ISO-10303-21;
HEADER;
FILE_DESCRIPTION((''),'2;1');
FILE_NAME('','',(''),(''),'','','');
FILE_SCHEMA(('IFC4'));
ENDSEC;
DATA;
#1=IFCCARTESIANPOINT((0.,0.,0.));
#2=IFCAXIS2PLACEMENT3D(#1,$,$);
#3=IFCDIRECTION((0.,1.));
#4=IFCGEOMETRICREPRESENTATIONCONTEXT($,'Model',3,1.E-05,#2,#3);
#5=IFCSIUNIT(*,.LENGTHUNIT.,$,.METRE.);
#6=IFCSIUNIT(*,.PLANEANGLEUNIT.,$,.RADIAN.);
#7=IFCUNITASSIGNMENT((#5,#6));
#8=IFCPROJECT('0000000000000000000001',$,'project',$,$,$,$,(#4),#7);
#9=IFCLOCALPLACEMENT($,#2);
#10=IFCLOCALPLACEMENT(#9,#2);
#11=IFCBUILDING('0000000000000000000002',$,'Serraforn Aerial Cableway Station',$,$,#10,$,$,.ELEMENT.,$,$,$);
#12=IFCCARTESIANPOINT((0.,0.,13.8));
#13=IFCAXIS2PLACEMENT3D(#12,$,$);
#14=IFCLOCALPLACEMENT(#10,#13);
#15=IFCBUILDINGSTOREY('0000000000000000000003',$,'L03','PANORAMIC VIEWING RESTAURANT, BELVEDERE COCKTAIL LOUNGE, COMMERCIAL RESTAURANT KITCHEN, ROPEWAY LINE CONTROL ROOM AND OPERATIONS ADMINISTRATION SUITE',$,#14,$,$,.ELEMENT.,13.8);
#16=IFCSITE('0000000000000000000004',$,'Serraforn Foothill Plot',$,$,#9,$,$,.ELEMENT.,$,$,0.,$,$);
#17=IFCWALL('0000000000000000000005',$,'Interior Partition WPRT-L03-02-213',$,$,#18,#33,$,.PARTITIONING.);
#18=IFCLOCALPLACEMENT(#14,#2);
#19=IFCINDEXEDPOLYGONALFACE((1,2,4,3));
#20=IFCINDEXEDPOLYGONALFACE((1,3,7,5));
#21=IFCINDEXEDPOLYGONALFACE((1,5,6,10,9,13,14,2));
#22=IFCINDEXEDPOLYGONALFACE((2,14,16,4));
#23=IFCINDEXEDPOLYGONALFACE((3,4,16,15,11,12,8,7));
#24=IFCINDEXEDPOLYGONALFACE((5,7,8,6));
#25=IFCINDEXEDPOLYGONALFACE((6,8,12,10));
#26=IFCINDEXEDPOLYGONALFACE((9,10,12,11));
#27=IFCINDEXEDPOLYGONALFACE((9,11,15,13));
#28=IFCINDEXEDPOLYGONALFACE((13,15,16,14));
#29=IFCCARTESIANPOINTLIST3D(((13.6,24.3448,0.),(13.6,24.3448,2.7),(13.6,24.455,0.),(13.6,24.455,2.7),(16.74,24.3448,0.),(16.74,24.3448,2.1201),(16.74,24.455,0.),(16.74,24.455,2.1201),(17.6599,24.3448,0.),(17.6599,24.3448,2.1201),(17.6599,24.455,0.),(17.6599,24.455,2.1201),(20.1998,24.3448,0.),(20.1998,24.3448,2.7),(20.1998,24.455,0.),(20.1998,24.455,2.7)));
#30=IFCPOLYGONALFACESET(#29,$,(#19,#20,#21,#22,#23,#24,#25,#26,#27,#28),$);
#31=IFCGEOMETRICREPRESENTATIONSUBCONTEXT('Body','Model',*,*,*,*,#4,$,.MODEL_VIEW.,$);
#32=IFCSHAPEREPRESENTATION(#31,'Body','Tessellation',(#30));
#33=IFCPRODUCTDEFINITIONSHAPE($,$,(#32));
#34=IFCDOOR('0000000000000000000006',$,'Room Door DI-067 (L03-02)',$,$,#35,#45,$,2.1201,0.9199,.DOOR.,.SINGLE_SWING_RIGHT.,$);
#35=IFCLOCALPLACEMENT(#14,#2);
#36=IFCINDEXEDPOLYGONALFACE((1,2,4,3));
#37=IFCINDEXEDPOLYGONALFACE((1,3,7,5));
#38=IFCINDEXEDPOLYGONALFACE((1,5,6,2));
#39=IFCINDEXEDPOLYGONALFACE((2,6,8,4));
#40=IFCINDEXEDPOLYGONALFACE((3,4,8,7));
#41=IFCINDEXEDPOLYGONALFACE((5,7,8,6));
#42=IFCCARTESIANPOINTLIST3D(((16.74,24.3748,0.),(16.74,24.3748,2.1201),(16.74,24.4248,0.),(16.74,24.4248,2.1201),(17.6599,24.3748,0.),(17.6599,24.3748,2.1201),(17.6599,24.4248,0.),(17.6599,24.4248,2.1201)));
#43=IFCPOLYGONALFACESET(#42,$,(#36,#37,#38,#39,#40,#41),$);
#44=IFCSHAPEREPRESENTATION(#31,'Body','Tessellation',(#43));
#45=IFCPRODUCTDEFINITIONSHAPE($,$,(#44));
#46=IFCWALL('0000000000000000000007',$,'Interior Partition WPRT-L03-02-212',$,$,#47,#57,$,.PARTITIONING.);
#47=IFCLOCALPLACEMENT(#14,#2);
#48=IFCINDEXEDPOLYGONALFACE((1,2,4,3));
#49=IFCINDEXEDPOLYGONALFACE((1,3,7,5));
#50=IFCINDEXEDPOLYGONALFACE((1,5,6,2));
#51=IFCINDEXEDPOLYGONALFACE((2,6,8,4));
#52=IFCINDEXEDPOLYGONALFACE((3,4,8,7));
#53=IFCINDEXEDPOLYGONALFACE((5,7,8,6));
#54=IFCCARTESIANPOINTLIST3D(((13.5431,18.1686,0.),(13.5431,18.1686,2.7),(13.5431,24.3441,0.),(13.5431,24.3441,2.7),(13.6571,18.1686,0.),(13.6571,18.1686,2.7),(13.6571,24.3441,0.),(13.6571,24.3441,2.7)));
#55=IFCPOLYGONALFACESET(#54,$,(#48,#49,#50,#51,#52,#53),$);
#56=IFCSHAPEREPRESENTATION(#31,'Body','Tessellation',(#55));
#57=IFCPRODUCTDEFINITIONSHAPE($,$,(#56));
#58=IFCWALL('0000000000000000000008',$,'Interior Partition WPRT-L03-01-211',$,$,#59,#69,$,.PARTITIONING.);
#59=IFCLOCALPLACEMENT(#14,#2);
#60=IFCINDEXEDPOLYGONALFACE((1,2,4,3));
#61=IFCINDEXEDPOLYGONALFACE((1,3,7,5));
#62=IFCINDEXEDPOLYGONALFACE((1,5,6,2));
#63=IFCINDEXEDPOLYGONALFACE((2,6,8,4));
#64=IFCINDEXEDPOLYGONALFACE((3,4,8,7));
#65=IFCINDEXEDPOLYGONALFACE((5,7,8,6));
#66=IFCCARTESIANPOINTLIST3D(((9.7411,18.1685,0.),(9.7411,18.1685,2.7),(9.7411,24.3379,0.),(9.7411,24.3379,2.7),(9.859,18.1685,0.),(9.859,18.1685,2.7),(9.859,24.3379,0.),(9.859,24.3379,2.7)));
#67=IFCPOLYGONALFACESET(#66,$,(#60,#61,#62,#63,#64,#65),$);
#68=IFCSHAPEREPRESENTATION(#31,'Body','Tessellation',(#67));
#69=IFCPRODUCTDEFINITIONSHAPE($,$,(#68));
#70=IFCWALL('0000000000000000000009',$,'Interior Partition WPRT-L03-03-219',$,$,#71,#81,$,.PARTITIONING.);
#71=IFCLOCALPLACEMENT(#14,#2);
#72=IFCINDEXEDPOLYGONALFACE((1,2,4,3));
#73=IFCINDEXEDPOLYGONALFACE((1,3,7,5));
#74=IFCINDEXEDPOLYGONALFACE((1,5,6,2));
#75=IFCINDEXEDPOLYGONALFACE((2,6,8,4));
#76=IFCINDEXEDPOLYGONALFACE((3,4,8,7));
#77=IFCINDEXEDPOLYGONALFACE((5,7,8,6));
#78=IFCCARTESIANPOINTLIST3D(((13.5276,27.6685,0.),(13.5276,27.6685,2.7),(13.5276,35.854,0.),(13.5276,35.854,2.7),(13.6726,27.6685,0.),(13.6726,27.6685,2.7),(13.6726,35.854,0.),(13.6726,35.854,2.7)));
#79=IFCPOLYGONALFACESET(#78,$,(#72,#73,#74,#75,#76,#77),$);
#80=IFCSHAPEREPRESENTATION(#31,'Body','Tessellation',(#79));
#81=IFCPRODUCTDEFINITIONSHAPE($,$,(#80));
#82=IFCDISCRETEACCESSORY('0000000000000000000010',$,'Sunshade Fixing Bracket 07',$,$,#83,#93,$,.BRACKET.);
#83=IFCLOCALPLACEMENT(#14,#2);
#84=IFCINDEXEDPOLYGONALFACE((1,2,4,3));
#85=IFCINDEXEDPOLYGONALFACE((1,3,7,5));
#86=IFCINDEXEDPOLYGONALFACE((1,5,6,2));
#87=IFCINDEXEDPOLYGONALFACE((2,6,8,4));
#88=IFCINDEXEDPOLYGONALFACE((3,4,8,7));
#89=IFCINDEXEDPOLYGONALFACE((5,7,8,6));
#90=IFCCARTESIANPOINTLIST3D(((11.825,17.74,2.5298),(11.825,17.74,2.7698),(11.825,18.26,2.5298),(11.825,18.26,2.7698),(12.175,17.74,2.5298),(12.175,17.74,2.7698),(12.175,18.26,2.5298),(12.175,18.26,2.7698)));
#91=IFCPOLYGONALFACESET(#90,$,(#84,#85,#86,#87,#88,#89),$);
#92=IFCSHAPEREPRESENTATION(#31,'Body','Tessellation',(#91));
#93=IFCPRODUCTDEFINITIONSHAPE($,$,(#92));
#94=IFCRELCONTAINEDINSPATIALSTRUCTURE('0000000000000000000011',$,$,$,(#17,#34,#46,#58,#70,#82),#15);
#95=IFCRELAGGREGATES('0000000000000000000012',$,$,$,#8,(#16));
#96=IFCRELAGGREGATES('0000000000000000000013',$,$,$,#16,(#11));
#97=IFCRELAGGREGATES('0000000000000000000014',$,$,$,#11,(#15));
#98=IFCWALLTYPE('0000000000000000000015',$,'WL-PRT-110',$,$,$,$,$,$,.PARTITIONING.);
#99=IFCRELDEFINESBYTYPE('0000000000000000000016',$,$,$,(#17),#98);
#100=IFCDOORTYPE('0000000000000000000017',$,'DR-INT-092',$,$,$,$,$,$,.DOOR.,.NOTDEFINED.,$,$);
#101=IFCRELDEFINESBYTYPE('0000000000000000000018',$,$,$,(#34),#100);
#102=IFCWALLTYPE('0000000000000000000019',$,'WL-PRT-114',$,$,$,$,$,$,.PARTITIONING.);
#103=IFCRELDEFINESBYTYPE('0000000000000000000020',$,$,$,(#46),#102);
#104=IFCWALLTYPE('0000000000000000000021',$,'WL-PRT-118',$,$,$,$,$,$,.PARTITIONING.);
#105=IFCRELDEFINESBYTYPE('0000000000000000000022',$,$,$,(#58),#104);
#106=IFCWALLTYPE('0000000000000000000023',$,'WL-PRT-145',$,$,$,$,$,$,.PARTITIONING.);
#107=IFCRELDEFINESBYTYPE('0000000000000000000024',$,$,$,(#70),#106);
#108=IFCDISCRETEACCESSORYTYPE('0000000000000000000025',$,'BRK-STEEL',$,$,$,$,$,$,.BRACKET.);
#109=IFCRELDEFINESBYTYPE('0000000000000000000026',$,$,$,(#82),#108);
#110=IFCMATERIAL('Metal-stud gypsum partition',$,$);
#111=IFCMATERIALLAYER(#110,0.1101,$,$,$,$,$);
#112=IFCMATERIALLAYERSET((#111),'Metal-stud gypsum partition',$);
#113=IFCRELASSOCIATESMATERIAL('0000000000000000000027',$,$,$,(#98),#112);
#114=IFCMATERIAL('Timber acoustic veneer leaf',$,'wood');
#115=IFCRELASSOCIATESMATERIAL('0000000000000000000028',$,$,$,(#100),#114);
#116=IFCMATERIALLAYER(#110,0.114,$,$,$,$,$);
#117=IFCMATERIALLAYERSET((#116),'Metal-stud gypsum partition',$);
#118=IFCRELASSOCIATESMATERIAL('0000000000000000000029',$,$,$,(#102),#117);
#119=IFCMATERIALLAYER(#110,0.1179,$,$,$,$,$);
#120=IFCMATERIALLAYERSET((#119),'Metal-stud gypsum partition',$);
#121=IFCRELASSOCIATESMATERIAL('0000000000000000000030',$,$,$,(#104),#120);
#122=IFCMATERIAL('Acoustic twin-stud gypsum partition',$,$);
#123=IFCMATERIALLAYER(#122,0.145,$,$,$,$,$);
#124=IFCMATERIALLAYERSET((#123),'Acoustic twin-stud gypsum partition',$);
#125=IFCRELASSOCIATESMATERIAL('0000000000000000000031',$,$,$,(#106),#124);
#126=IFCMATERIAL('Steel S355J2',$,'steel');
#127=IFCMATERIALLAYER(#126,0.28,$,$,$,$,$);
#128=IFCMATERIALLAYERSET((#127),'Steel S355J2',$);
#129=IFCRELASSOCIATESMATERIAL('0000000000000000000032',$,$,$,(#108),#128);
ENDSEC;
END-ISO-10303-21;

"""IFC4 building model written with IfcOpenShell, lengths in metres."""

from ifc_helpers import new_model, si_unit, direction, frame, frame_2d, origin, origin_2d, place, context, subcontext, project, spatial, rectangle, extrude, material, layer, layer_set, type_object, element, fill, save


model = new_model("IFC4")

# Units and contexts
model_context = context("Model", 3, precision=1e-05, world=origin(), true_north=direction((0.0, 1.0)))
body_context = subcontext(model_context, "Body", "Model", "MODEL_VIEW")
ifc_project = project(units=[si_unit("LENGTHUNIT", "METRE"), si_unit("PLANEANGLEUNIT", "RADIAN")], contexts=[model_context])

# Site, building, storey
site_placement = place(None, origin())
site = spatial("IfcSite", under=ifc_project, at=site_placement, Name="Serraforn Foothill Plot", CompositionType="ELEMENT", RefElevation=0.0)
building_placement = place(site_placement, origin())
building = spatial("IfcBuilding", under=site, at=building_placement, Name="Serraforn Aerial Cableway Station", CompositionType="ELEMENT")
storey_placement = place(building_placement, frame((0.0, 0.0, 13.8)))
storey = spatial("IfcBuildingStorey", under=building, at=storey_placement, Name="L03", Description="PANORAMIC VIEWING RESTAURANT, BELVEDERE COCKTAIL LOUNGE, COMMERCIAL RESTAURANT KITCHEN, ROPEWAY LINE CONTROL ROOM AND OPERATIONS ADMINISTRATION SUITE", CompositionType="ELEMENT", Elevation=13.8)

# Wall, opening, door
ifc_material_1 = material(Name="Metal-stud gypsum partition")
ifc_layer_1 = layer(ifc_material_1, 0.1101)
ifc_layer_set_1 = layer_set([ifc_layer_1], Name="Metal-stud gypsum partition")
wall_type_1 = type_object("IfcWallType", Name="WL-PRT-110", PredefinedType="PARTITIONING", material=ifc_layer_set_1)
wall_1_placement = place(storey_placement, frame((13.6001, 24.3999, 0.0), z_axis=(0.0, 0.0, 1.0), x_axis=(1.0, 0.0, 0.0)))
wall_1 = element("IfcWall", 1, at=wall_1_placement, inside=storey, type_object=wall_type_1, Name="Interior Partition WPRT-L03-02-213", PredefinedType="PARTITIONING", context=body_context, shape_type="SweptSolid", body=[
    extrude(rectangle(XDim=6.5999, YDim=0.1101, at=frame_2d((3.2998, 0.0))), origin(), (0.0, 0.0, 1.0), 2.7),
])
opening_1_placement = place(wall_1_placement, frame((3.1399, 0.0, 0.0)))
opening_1 = element("IfcOpeningElement", 2, at=opening_1_placement, cuts=wall_1, PredefinedType="OPENING", context=body_context, shape_type="SweptSolid", body=[
    extrude(rectangle(XDim=0.9199, YDim=2.1201, at=frame_2d((0.46, 1.0601))), frame((0.0, 0.0649, 0.0), z_axis=(0.0, -1.0, 0.0), x_axis=(1.0, 0.0, 0.0)), (0.0, 0.0, 1.0), 0.1301),
])
ifc_material_2 = material(Name="Timber acoustic veneer leaf", Category="wood")
door_type_1 = type_object("IfcDoorType", Name="DR-INT-092", OperationType="NOTDEFINED", PredefinedType="DOOR", material=ifc_material_2)
door_1_placement = place(opening_1_placement, origin())
door_1 = element("IfcDoor", 3, at=door_1_placement, inside=storey, type_object=door_type_1, Name="Room Door DI-067 (L03-02)", OperationType="SINGLE_SWING_RIGHT", OverallHeight=2.1201, OverallWidth=0.9199, PredefinedType="DOOR", context=body_context, shape_type="SweptSolid", body=[
    extrude(rectangle(XDim=0.9199, YDim=2.1201, at=frame_2d((0.46, 1.0601))), frame((0.0, 0.0249, 0.0), z_axis=(0.0, -1.0, 0.0), x_axis=(1.0, 0.0, 0.0)), (0.0, 0.0, 1.0), 0.05),
])
fill(opening_1, door_1)

# Walls
ifc_layer_2 = layer(ifc_material_1, 0.114)
ifc_layer_set_2 = layer_set([ifc_layer_2], Name="Metal-stud gypsum partition")
wall_type_2 = type_object("IfcWallType", Name="WL-PRT-114", PredefinedType="PARTITIONING", material=ifc_layer_set_2)
wall_2_placement = place(storey_placement, frame((13.6001, 18.1685, 0.0), z_axis=(0.0, 0.0, 1.0), x_axis=(0.0, 1.0, 0.0)))
element("IfcWall", 4, at=wall_2_placement, inside=storey, type_object=wall_type_2, Name="Interior Partition WPRT-L03-02-212", PredefinedType="PARTITIONING", context=body_context, shape_type="SweptSolid", body=[
    extrude(rectangle(XDim=6.1755, YDim=0.114, at=frame_2d((3.0879, 0.0))), origin(), (0.0, 0.0, 1.0), 2.7),
])
ifc_layer_3 = layer(ifc_material_1, 0.1179)
ifc_layer_set_3 = layer_set([ifc_layer_3], Name="Metal-stud gypsum partition")
wall_type_3 = type_object("IfcWallType", Name="WL-PRT-118", PredefinedType="PARTITIONING", material=ifc_layer_set_3)
wall_3_placement = place(storey_placement, frame((9.8, 24.3379, 0.0), z_axis=(0.0, 0.0, 1.0), x_axis=(0.0, -1.0, 0.0)))
element("IfcWall", 5, at=wall_3_placement, inside=storey, type_object=wall_type_3, Name="Interior Partition WPRT-L03-01-211", PredefinedType="PARTITIONING", context=body_context, shape_type="SweptSolid", body=[
    extrude(rectangle(XDim=6.1694, YDim=0.1179, at=frame_2d((3.0847, 0.0))), origin(), (0.0, 0.0, 1.0), 2.7),
])
ifc_material_3 = material(Name="Acoustic twin-stud gypsum partition")
ifc_layer_4 = layer(ifc_material_3, 0.145)
ifc_layer_set_4 = layer_set([ifc_layer_4], Name="Acoustic twin-stud gypsum partition")
wall_type_4 = type_object("IfcWallType", Name="WL-PRT-145", PredefinedType="PARTITIONING", material=ifc_layer_set_4)
wall_4_placement = place(storey_placement, frame((13.6001, 27.6685, 0.0), z_axis=(0.0, 0.0, 1.0), x_axis=(0.0, 1.0, 0.0)))
element("IfcWall", 6, at=wall_4_placement, inside=storey, type_object=wall_type_4, Name="Interior Partition WPRT-L03-03-219", PredefinedType="PARTITIONING", context=body_context, shape_type="SweptSolid", body=[
    extrude(rectangle(XDim=8.1855, YDim=0.145, at=frame_2d((4.0928, 0.0))), origin(), (0.0, 0.0, 1.0), 2.7),
])

# Discrete accessory
ifc_material_4 = material(Name="Steel S355J2", Category="steel")
ifc_layer_5 = layer(ifc_material_4, 0.28)
ifc_layer_set_5 = layer_set([ifc_layer_5], Name="Steel S355J2")
discrete_accessory_type = type_object("IfcDiscreteAccessoryType", Name="BRK-STEEL", PredefinedType="BRACKET", material=ifc_layer_set_5)
discrete_accessory_placement = place(storey_placement, frame((12.0, 18.0, 2.5298), z_axis=(0.0, 0.0, 1.0), x_axis=(1.0, 0.0, 0.0)))
element("IfcDiscreteAccessory", 7, at=discrete_accessory_placement, inside=storey, type_object=discrete_accessory_type, Name="Sunshade Fixing Bracket 07", PredefinedType="BRACKET", context=body_context, shape_type="SweptSolid", body=[
    extrude(rectangle(XDim=0.3501, YDim=0.52, at=origin_2d()), origin(), (0.0, 0.0, 1.0), 0.24),
])

save(model, "model.ifc")
